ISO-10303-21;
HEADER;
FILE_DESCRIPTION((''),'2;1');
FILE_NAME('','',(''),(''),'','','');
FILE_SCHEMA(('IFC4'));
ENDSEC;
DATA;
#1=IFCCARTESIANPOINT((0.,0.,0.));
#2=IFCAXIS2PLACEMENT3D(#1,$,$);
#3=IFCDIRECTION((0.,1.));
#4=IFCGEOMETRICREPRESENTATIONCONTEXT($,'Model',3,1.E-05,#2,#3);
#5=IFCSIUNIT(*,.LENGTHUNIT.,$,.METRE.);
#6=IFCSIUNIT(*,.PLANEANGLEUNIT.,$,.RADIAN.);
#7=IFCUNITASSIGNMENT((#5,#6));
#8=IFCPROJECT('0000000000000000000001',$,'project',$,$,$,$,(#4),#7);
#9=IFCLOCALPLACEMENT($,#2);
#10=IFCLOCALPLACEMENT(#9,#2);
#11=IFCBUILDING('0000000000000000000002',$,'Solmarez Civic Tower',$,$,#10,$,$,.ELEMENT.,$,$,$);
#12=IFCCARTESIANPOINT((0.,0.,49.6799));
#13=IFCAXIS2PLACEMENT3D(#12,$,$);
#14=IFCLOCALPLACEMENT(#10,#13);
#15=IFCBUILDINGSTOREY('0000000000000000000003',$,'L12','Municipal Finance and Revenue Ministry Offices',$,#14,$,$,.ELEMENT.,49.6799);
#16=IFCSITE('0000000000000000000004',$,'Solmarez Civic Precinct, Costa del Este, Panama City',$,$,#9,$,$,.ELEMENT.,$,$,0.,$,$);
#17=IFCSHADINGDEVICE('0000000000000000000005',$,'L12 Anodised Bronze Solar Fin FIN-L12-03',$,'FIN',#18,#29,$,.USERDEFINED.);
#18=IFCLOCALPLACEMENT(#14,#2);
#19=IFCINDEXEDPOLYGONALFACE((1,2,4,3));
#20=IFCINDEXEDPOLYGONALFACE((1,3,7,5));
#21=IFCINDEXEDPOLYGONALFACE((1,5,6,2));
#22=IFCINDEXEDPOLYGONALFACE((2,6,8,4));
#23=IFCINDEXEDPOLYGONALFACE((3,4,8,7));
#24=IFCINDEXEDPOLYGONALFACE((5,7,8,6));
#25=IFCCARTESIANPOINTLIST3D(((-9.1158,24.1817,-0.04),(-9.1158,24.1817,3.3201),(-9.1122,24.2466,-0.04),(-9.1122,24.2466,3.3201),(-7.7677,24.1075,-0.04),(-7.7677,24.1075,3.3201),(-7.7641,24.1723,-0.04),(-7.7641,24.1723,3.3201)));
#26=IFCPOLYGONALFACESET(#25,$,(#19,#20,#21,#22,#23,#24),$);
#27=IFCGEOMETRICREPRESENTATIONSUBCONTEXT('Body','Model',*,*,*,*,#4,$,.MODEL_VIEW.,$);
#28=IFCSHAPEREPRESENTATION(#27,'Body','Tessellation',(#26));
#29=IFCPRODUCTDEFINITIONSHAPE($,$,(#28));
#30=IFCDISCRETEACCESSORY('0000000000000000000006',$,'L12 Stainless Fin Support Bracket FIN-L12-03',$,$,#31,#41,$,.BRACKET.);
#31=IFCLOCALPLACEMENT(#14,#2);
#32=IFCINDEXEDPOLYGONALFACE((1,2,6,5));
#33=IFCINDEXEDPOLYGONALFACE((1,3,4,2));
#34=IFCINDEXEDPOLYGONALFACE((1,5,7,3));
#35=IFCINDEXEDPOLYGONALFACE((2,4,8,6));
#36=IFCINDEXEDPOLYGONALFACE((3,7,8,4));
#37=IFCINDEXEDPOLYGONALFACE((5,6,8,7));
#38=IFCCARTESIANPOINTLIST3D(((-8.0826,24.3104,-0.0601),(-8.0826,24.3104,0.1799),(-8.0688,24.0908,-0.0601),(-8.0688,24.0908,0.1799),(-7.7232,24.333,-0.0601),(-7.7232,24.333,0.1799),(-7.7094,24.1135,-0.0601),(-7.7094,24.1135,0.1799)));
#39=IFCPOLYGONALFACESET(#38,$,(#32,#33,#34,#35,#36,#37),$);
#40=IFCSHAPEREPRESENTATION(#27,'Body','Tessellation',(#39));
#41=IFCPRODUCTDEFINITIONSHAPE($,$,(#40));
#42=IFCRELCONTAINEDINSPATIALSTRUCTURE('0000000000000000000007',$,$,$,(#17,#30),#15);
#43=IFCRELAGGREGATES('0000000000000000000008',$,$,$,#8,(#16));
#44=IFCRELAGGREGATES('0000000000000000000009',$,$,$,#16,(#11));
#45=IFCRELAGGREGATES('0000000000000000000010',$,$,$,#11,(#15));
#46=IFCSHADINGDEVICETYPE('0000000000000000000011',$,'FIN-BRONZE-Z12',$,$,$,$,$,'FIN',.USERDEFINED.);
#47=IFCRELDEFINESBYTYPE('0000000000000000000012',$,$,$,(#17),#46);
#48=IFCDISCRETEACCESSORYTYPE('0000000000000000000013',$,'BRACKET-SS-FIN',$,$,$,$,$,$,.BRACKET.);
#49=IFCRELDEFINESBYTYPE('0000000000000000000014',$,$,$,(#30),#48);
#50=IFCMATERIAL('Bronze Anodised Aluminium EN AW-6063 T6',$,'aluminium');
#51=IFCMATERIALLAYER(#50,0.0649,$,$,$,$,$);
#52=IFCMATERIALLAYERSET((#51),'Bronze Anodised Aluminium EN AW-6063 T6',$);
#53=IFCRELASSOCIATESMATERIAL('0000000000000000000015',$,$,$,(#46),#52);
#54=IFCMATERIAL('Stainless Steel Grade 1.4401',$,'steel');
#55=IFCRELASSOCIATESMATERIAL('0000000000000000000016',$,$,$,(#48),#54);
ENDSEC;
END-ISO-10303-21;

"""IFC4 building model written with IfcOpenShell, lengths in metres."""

from ifc_helpers import new_model, si_unit, direction, frame, origin, origin_2d, place, context, subcontext, project, spatial, rectangle, extrude, material, layer, layer_set, type_object, element, save


model = new_model("IFC4")

# Units and contexts
model_context = context("Model", 3, precision=1e-05, world=origin(), true_north=direction((0.0, 1.0)))
body_context = subcontext(model_context, "Body", "Model", "MODEL_VIEW")
ifc_project = project(units=[si_unit("LENGTHUNIT", "METRE"), si_unit("PLANEANGLEUNIT", "RADIAN")], contexts=[model_context])

# Site, building, storey
site_placement = place(None, origin())
site = spatial("IfcSite", under=ifc_project, at=site_placement, Name="Solmarez Civic Precinct, Costa del Este, Panama City", CompositionType="ELEMENT", RefElevation=0.0)
building_placement = place(site_placement, origin())
building = spatial("IfcBuilding", under=site, at=building_placement, Name="Solmarez Civic Tower", CompositionType="ELEMENT")
storey_placement = place(building_placement, frame((0.0, 0.0, 49.6799)))
storey = spatial("IfcBuildingStorey", under=building, at=storey_placement, Name="L12", Description="Municipal Finance and Revenue Ministry Offices", CompositionType="ELEMENT", Elevation=49.6799)

# Shading device
ifc_material_1 = material(Name="Bronze Anodised Aluminium EN AW-6063 T6", Category="aluminium")
ifc_layer_1 = layer(ifc_material_1, 0.0649)
ifc_layer_set_1 = layer_set([ifc_layer_1], Name="Bronze Anodised Aluminium EN AW-6063 T6")
shading_device_type = type_object("IfcShadingDeviceType", Name="FIN-BRONZE-Z12", ElementType="FIN", PredefinedType="USERDEFINED", material=ifc_layer_set_1)
shading_device_placement = place(storey_placement, frame((-8.4399, 24.177, -0.04), z_axis=(0.0, 0.0, 1.0), x_axis=(-0.998486, 0.055002, 0.0)))
element("IfcShadingDevice", 1, at=shading_device_placement, inside=storey, type_object=shading_device_type, Name="L12 Anodised Bronze Solar Fin FIN-L12-03", ObjectType="FIN", PredefinedType="USERDEFINED", context=body_context, shape_type="SweptSolid", body=[
    extrude(rectangle(XDim=1.3501, YDim=0.0649, at=origin_2d()), origin(), (0.0, 0.0, 1.0), 3.3601),
])

# Discrete accessory
ifc_material_2 = material(Name="Stainless Steel Grade 1.4401", Category="steel")
discrete_accessory_type = type_object("IfcDiscreteAccessoryType", Name="BRACKET-SS-FIN", PredefinedType="BRACKET", material=ifc_material_2)
discrete_accessory_placement = place(storey_placement, frame((-7.896, 24.2119, -0.0601), z_axis=(0.0, 0.0, 1.0), x_axis=(-0.998025, -0.062826, 0.0)))
element("IfcDiscreteAccessory", 2, at=discrete_accessory_placement, inside=storey, type_object=discrete_accessory_type, Name="L12 Stainless Fin Support Bracket FIN-L12-03", PredefinedType="BRACKET", context=body_context, shape_type="SweptSolid", body=[
    extrude(rectangle(XDim=0.3601, YDim=0.22, at=origin_2d()), origin(), (0.0, 0.0, 1.0), 0.24),
])

save(model, "model.ifc")
